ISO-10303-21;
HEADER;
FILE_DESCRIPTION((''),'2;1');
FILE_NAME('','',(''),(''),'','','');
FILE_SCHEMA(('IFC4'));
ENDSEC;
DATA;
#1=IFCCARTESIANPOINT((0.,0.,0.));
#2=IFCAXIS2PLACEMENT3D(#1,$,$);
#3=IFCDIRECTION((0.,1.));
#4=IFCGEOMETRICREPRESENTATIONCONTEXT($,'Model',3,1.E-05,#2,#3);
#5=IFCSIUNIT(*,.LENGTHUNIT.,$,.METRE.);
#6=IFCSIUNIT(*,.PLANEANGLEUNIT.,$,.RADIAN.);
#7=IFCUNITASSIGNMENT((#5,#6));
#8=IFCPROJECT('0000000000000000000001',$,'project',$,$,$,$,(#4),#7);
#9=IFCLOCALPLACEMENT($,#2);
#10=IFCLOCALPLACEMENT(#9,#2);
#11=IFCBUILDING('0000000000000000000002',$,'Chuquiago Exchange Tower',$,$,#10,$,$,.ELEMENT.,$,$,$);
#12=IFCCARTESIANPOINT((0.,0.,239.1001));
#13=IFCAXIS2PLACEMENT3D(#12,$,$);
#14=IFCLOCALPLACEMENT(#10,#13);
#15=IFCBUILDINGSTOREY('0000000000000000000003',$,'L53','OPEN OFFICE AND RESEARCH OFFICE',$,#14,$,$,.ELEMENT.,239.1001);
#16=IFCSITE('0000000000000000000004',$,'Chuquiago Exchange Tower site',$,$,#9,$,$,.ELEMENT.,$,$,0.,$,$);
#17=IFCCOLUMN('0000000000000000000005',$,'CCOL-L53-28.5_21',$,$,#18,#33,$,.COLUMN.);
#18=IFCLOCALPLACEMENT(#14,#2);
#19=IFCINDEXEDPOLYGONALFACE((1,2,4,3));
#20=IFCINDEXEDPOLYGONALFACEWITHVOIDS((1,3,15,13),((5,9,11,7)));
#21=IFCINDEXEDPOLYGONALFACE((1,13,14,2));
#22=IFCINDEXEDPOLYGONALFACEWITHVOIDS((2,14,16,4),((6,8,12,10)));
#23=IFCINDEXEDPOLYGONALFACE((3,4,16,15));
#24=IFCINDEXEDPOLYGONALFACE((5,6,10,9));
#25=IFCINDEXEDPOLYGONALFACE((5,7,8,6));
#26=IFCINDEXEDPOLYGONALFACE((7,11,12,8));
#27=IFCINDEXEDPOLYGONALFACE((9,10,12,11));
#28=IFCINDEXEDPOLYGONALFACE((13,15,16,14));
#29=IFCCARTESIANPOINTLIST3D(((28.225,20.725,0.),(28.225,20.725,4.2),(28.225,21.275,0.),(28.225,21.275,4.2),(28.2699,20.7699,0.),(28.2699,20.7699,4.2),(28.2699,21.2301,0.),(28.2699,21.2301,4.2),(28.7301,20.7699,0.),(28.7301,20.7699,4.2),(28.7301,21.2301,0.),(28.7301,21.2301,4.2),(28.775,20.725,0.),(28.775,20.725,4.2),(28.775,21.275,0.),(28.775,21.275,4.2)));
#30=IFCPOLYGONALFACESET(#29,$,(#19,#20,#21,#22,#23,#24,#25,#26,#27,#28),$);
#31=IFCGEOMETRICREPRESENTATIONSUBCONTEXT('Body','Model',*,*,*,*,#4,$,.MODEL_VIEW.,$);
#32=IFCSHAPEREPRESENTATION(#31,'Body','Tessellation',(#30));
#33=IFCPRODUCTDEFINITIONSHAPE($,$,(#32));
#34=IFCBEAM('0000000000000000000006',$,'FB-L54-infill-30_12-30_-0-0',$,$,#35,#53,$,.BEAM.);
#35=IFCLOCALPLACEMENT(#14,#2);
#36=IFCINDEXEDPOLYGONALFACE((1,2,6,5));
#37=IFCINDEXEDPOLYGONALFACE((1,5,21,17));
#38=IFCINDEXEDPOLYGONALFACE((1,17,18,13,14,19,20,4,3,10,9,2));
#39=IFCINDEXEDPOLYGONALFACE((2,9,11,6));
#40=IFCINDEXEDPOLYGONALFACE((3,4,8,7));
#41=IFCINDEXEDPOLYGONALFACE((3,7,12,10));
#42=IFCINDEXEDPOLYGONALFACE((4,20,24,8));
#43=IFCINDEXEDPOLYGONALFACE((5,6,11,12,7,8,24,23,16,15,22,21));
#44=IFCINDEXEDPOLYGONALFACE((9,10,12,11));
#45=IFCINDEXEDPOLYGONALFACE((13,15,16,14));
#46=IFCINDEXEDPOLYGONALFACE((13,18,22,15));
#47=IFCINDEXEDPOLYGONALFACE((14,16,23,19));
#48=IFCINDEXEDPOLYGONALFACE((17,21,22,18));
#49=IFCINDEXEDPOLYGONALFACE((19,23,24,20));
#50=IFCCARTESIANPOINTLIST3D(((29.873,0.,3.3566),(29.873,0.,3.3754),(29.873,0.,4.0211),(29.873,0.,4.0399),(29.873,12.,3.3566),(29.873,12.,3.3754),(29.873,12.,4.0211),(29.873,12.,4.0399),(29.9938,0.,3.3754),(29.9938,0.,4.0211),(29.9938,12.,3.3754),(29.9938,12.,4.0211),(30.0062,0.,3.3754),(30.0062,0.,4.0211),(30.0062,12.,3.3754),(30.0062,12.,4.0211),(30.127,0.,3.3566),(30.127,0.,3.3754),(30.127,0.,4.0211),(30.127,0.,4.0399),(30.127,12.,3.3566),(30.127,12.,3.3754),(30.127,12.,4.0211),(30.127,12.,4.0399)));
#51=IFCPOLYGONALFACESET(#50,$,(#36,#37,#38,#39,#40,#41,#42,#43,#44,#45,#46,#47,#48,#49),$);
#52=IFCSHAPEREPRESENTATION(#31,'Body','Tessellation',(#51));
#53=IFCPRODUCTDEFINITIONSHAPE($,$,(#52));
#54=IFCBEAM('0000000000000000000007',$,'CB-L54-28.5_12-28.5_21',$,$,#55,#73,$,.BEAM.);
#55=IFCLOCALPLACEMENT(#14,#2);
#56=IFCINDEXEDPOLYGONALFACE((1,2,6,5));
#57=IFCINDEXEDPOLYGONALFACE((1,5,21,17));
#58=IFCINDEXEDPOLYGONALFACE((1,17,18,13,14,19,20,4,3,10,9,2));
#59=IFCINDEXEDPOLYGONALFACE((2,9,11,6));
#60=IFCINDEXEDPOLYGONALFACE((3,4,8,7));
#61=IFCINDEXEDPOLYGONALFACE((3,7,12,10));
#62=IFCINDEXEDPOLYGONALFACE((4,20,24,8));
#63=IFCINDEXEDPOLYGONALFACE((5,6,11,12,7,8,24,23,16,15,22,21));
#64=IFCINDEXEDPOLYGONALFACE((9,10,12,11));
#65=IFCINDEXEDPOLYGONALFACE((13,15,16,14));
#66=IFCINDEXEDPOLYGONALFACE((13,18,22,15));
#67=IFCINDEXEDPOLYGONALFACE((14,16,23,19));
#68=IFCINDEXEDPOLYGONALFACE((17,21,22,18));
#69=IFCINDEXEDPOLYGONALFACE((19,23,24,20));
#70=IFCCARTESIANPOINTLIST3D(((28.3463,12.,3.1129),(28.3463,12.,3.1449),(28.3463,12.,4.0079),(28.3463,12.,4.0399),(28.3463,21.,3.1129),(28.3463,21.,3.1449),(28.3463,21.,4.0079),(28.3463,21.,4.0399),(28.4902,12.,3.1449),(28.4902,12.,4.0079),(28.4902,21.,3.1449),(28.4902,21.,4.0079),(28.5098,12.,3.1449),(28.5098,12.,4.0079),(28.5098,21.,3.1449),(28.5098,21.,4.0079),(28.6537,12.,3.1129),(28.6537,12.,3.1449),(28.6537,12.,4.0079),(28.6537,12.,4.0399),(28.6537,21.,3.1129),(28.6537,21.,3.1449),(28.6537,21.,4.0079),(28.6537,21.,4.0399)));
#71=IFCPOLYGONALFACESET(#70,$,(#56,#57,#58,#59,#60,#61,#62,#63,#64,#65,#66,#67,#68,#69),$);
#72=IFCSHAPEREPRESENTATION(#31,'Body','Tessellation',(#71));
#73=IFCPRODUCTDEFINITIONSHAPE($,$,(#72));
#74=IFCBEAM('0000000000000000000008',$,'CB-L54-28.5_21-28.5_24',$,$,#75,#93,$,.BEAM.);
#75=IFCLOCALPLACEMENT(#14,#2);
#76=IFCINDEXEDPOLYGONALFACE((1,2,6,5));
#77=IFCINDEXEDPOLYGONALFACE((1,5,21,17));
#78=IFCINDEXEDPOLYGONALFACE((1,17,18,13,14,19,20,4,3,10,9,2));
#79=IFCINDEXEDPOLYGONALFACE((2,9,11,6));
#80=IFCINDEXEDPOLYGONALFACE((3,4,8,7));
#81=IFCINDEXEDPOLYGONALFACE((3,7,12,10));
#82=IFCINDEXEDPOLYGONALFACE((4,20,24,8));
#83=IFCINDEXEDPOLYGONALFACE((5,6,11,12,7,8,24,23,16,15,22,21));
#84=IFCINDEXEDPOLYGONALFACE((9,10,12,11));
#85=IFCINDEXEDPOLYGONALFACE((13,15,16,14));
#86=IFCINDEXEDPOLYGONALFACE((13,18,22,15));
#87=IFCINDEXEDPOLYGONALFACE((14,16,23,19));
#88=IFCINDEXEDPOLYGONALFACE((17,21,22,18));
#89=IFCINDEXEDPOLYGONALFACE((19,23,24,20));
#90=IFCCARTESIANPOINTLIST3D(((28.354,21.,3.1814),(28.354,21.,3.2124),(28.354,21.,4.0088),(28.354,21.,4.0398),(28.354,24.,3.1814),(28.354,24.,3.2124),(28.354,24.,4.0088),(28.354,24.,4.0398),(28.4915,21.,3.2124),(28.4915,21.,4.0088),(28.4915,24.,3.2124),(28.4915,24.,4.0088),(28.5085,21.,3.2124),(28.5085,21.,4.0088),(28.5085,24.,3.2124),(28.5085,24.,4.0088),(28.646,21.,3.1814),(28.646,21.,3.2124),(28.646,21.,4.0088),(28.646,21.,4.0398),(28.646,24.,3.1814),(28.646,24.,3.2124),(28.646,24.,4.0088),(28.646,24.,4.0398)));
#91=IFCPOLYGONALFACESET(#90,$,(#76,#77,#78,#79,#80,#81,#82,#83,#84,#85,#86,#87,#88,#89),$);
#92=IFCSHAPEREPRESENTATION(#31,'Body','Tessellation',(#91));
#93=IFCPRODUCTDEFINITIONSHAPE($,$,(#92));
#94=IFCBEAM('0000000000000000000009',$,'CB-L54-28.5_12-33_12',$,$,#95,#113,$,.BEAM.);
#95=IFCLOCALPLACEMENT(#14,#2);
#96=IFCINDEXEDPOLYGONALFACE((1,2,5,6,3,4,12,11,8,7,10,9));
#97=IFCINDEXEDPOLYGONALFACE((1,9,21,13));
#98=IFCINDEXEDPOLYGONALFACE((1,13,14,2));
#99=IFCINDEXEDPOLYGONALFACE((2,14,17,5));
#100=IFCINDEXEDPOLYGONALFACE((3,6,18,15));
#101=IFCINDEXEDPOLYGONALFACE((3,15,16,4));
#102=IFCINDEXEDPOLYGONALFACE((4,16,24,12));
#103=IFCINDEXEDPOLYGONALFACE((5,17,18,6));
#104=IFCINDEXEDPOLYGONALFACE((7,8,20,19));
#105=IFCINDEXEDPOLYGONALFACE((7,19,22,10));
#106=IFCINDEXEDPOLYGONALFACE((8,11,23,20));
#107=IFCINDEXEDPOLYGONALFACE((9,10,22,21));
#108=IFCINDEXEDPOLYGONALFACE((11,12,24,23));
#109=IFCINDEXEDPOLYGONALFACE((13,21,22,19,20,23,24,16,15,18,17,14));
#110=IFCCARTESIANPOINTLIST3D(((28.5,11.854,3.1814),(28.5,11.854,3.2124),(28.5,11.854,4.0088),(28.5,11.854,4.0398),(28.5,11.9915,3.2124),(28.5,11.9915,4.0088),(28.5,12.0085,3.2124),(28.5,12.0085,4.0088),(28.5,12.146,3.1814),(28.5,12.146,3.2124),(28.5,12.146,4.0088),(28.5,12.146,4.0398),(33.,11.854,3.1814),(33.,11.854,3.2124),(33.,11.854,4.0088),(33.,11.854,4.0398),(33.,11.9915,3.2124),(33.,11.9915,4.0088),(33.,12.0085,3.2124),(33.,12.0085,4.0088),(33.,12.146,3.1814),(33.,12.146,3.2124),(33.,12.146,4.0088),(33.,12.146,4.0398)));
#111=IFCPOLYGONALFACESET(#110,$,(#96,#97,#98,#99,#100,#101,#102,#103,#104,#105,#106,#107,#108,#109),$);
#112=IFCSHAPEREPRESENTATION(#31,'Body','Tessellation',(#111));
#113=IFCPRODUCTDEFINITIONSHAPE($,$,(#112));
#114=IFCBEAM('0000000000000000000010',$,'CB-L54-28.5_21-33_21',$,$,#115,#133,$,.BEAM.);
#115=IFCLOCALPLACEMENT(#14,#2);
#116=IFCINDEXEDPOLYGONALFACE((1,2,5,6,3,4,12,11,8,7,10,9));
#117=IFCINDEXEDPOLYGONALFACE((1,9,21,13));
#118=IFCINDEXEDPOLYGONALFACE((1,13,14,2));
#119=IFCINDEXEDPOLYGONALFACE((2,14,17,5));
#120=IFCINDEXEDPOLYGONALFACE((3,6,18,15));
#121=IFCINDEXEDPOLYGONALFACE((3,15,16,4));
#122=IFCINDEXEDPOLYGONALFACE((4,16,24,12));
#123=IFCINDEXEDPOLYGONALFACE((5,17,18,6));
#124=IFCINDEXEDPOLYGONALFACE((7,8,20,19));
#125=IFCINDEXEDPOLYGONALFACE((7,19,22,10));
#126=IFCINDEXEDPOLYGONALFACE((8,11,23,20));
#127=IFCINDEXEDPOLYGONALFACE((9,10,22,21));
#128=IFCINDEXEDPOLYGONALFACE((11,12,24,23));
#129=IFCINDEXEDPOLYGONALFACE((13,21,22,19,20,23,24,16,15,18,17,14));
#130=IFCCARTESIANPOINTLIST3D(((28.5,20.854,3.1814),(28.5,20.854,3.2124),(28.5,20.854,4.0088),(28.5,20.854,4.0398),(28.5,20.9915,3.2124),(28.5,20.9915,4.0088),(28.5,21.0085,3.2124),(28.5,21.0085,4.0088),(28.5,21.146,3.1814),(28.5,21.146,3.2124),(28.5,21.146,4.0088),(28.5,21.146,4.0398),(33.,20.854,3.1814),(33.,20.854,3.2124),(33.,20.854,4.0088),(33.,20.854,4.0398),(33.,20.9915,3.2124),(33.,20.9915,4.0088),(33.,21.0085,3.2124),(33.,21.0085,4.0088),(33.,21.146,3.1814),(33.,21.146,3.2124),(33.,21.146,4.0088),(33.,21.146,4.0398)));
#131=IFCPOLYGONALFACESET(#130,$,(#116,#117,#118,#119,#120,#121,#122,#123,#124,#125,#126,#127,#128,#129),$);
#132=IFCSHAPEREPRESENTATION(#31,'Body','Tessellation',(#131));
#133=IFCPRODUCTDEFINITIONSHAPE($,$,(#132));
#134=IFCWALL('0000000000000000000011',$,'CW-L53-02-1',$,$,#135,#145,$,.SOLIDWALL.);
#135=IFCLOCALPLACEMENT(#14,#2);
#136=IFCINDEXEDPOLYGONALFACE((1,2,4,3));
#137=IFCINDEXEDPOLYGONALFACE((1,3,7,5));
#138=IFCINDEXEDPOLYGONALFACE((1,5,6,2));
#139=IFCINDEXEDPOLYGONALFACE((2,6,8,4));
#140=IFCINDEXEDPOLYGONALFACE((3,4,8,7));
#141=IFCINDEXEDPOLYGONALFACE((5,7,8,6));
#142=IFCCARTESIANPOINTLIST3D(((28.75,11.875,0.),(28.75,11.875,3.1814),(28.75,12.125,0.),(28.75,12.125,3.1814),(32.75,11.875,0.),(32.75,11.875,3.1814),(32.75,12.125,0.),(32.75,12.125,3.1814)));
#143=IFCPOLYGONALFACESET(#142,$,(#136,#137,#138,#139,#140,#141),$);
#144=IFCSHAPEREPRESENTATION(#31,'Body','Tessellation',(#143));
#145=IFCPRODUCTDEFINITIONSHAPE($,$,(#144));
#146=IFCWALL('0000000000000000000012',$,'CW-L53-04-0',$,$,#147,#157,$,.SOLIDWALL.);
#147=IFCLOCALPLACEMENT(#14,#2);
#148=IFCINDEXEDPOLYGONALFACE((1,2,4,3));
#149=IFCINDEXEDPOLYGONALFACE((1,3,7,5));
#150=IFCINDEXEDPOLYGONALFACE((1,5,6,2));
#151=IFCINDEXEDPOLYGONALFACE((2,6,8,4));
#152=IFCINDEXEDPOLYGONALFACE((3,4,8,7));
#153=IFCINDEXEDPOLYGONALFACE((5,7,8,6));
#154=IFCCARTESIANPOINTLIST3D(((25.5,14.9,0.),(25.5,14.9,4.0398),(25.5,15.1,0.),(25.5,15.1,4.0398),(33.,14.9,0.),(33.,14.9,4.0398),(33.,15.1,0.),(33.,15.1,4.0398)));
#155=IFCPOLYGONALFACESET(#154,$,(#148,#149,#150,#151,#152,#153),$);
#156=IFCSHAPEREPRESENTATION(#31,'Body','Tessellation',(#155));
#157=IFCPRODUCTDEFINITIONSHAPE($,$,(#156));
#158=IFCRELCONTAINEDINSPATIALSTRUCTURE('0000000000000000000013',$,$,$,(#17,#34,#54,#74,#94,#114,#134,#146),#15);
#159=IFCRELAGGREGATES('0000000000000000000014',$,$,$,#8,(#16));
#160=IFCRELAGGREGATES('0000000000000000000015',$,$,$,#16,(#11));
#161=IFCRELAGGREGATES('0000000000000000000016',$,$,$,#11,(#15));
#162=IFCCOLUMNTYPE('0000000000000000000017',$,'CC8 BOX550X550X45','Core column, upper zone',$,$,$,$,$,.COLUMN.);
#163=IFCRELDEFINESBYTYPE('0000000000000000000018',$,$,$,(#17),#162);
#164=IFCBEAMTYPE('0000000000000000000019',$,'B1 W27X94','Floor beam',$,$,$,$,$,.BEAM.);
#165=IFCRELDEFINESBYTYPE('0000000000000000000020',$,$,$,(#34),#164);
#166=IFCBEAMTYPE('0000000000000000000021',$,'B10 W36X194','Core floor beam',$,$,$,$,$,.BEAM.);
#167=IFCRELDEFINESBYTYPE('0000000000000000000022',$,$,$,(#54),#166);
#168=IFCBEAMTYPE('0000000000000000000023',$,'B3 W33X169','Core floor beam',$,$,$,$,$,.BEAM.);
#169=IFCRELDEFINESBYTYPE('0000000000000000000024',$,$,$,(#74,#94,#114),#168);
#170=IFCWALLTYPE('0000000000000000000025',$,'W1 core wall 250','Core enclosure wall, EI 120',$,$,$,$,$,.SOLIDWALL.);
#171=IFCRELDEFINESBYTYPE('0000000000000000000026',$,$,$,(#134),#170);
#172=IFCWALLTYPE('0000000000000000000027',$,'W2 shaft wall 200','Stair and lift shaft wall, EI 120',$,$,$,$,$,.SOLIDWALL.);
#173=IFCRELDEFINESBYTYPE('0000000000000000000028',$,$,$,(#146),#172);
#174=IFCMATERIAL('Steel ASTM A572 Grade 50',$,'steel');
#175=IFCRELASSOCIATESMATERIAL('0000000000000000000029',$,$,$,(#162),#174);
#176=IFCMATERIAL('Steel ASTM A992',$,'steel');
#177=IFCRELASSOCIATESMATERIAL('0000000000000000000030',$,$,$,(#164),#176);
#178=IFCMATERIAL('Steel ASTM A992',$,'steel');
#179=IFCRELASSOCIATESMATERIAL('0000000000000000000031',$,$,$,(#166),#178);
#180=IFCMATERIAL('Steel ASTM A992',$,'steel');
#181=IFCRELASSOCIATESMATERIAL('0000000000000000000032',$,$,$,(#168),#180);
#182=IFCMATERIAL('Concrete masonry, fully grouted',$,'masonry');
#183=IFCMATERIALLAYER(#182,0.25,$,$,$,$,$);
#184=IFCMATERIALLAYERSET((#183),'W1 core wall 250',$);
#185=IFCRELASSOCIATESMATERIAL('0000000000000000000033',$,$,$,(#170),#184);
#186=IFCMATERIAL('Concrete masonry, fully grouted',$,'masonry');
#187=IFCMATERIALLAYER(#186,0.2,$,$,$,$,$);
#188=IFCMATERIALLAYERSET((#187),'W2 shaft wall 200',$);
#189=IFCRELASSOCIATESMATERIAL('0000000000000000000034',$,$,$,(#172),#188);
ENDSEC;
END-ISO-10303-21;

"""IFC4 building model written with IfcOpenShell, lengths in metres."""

from ifc_helpers import new_model, si_unit, direction, frame, frame_2d, origin, origin_2d, place, context, subcontext, project, spatial, rectangle, hollow_rectangle, i_section, extrude, material, layer, layer_set, material_profile, profile_set, type_object, element, save


model = new_model("IFC4")

# Units and contexts
model_context = context("Model", 3, precision=1e-05, world=origin(), true_north=direction((0.0, 1.0)))
body_context = subcontext(model_context, "Body", "Model", "MODEL_VIEW")
ifc_project = project(units=[si_unit("LENGTHUNIT", "METRE"), si_unit("PLANEANGLEUNIT", "RADIAN")], contexts=[model_context])

# Site, building, storey
site_placement = place(None, origin())
site = spatial("IfcSite", under=ifc_project, at=site_placement, Name="Chuquiago Exchange Tower site", CompositionType="ELEMENT", RefElevation=0.0)
building_placement = place(site_placement, origin())
building = spatial("IfcBuilding", under=site, at=building_placement, Name="Chuquiago Exchange Tower", CompositionType="ELEMENT")
storey_placement = place(building_placement, frame((0.0, 0.0, 239.1001)))
storey = spatial("IfcBuildingStorey", under=building, at=storey_placement, Name="L53", Description="OPEN OFFICE AND RESEARCH OFFICE", CompositionType="ELEMENT", Elevation=239.1001)

# Column
ifc_material_1 = material(Name="Steel ASTM A572 Grade 50", Category="steel")
ifc_material_profile_1 = material_profile(ifc_material_1, hollow_rectangle(XDim=0.55, YDim=0.55, WallThickness=0.0449, at=origin_2d()), Name="BOX550X550X45")
ifc_profile_set_1 = profile_set([ifc_material_profile_1], Name="Steel ASTM A572 Grade 50")
column_type = type_object("IfcColumnType", Name="CC8 BOX550X550X45", Description="Core column, upper zone", PredefinedType="COLUMN", material=ifc_profile_set_1)
column_placement = place(storey_placement, frame((28.5, 21.0, 0.0), z_axis=(0.0, 0.0, 1.0), x_axis=(1.0, 0.0, 0.0)))
element("IfcColumn", 1, at=column_placement, inside=storey, type_object=column_type, Name="CCOL-L53-28.5_21", PredefinedType="COLUMN", context=body_context, shape_type="SweptSolid", body=[
    extrude(hollow_rectangle(XDim=0.55, YDim=0.55, WallThickness=0.0449, at=origin_2d()), origin(), (0.0, 0.0, 1.0), 4.2),
])

# Beams
ifc_material_2 = material(Name="Steel ASTM A992", Category="steel")
ifc_material_profile_2 = material_profile(ifc_material_2, i_section(OverallWidth=0.2539, OverallDepth=0.6833, WebThickness=0.0125, FlangeThickness=0.0188, at=origin_2d()), Name="W27X94")
ifc_profile_set_2 = profile_set([ifc_material_profile_2], Name="Steel ASTM A992")
beam_type_1 = type_object("IfcBeamType", Name="B1 W27X94", Description="Floor beam", PredefinedType="BEAM", material=ifc_profile_set_2)
beam_1_placement = place(storey_placement, frame((30.0, 12.0, 3.6982), z_axis=(0.0, -1.0, 0.0), x_axis=(1.0, 0.0, 0.0)))
element("IfcBeam", 2, at=beam_1_placement, inside=storey, type_object=beam_type_1, Name="FB-L54-infill-30_12-30_-0-0", PredefinedType="BEAM", context=body_context, shape_type="SweptSolid", body=[
    extrude(i_section(OverallWidth=0.2539, OverallDepth=0.6833, WebThickness=0.0125, FlangeThickness=0.0188, at=origin_2d()), origin(), (0.0, 0.0, 1.0), 12.0),
])
ifc_material_3 = material(Name="Steel ASTM A992", Category="steel")
ifc_material_profile_3 = material_profile(ifc_material_3, i_section(OverallWidth=0.3074, OverallDepth=0.927, WebThickness=0.0195, FlangeThickness=0.032, at=origin_2d()), Name="W36X194")
ifc_profile_set_3 = profile_set([ifc_material_profile_3], Name="Steel ASTM A992")
beam_type_2 = type_object("IfcBeamType", Name="B10 W36X194", Description="Core floor beam", PredefinedType="BEAM", material=ifc_profile_set_3)
beam_2_placement = place(storey_placement, frame((28.5, 12.0, 3.5764), z_axis=(0.0, 1.0, 0.0), x_axis=(-1.0, 0.0, 0.0)))
element("IfcBeam", 3, at=beam_2_placement, inside=storey, type_object=beam_type_2, Name="CB-L54-28.5_12-28.5_21", PredefinedType="BEAM", context=body_context, shape_type="SweptSolid", body=[
    extrude(i_section(OverallWidth=0.3074, OverallDepth=0.927, WebThickness=0.0195, FlangeThickness=0.032, at=origin_2d()), origin(), (0.0, 0.0, 1.0), 9.0),
])
ifc_material_4 = material(Name="Steel ASTM A992", Category="steel")
ifc_material_profile_4 = material_profile(ifc_material_4, i_section(OverallWidth=0.292, OverallDepth=0.8584, WebThickness=0.0171, FlangeThickness=0.031, at=origin_2d()), Name="W33X169")
ifc_profile_set_4 = profile_set([ifc_material_profile_4], Name="Steel ASTM A992")
beam_type_3 = type_object("IfcBeamType", Name="B3 W33X169", Description="Core floor beam", PredefinedType="BEAM", material=ifc_profile_set_4)
beam_3_placement = place(storey_placement, frame((28.5, 21.0, 3.6106), z_axis=(0.0, 1.0, 0.0), x_axis=(-1.0, 0.0, 0.0)))
element("IfcBeam", 4, at=beam_3_placement, inside=storey, type_object=beam_type_3, Name="CB-L54-28.5_21-28.5_24", PredefinedType="BEAM", context=body_context, shape_type="SweptSolid", body=[
    extrude(i_section(OverallWidth=0.292, OverallDepth=0.8584, WebThickness=0.0171, FlangeThickness=0.031, at=origin_2d()), origin(), (0.0, 0.0, 1.0), 3.0),
])
for number, where, z_axis, x_axis, name in (
    (5, (28.5, 12.0, 3.6106), (1.0, 0.0, 0.0), (0.0, 1.0, 0.0), "CB-L54-28.5_12-33_12"),
    (6, (28.5, 21.0, 3.6106), (1.0, 0.0, 0.0), (0.0, 1.0, 0.0), "CB-L54-28.5_21-33_21"),
):
    element("IfcBeam", number, at=place(storey_placement, frame(where, z_axis=z_axis, x_axis=x_axis)), inside=storey, type_object=beam_type_3, Name=name, PredefinedType="BEAM", context=body_context, shape_type="SweptSolid", body=[
        extrude(i_section(OverallWidth=0.292, OverallDepth=0.8584, WebThickness=0.0171, FlangeThickness=0.031, at=origin_2d()), origin(), (0.0, 0.0, 1.0), 4.5),
    ])

# Walls
ifc_material_5 = material(Name="Concrete masonry, fully grouted", Category="masonry")
ifc_layer_1 = layer(ifc_material_5, 0.25)
ifc_layer_set_1 = layer_set([ifc_layer_1], Name="W1 core wall 250")
wall_type_1 = type_object("IfcWallType", Name="W1 core wall 250", Description="Core enclosure wall, EI 120", PredefinedType="SOLIDWALL", material=ifc_layer_set_1)
wall_1_placement = place(storey_placement, frame((28.75, 12.0, 0.0), z_axis=(0.0, 0.0, 1.0), x_axis=(1.0, 0.0, 0.0)))
element("IfcWall", 7, at=wall_1_placement, inside=storey, type_object=wall_type_1, Name="CW-L53-02-1", PredefinedType="SOLIDWALL", context=body_context, shape_type="SweptSolid", body=[
    extrude(rectangle(XDim=4.0, YDim=0.25, at=frame_2d((2.0, 0.0))), origin(), (0.0, 0.0, 1.0), 3.1814),
])
ifc_material_6 = material(Name="Concrete masonry, fully grouted", Category="masonry")
ifc_layer_2 = layer(ifc_material_6, 0.2)
ifc_layer_set_2 = layer_set([ifc_layer_2], Name="W2 shaft wall 200")
wall_type_2 = type_object("IfcWallType", Name="W2 shaft wall 200", Description="Stair and lift shaft wall, EI 120", PredefinedType="SOLIDWALL", material=ifc_layer_set_2)
wall_2_placement = place(storey_placement, frame((25.5, 15.0, 0.0), z_axis=(0.0, 0.0, 1.0), x_axis=(1.0, 0.0, 0.0)))
element("IfcWall", 8, at=wall_2_placement, inside=storey, type_object=wall_type_2, Name="CW-L53-04-0", PredefinedType="SOLIDWALL", context=body_context, shape_type="SweptSolid", body=[
    extrude(rectangle(XDim=7.5, YDim=0.2, at=frame_2d((3.75, 0.0))), origin(), (0.0, 0.0, 1.0), 4.0398),
])

save(model, "model.ifc")
